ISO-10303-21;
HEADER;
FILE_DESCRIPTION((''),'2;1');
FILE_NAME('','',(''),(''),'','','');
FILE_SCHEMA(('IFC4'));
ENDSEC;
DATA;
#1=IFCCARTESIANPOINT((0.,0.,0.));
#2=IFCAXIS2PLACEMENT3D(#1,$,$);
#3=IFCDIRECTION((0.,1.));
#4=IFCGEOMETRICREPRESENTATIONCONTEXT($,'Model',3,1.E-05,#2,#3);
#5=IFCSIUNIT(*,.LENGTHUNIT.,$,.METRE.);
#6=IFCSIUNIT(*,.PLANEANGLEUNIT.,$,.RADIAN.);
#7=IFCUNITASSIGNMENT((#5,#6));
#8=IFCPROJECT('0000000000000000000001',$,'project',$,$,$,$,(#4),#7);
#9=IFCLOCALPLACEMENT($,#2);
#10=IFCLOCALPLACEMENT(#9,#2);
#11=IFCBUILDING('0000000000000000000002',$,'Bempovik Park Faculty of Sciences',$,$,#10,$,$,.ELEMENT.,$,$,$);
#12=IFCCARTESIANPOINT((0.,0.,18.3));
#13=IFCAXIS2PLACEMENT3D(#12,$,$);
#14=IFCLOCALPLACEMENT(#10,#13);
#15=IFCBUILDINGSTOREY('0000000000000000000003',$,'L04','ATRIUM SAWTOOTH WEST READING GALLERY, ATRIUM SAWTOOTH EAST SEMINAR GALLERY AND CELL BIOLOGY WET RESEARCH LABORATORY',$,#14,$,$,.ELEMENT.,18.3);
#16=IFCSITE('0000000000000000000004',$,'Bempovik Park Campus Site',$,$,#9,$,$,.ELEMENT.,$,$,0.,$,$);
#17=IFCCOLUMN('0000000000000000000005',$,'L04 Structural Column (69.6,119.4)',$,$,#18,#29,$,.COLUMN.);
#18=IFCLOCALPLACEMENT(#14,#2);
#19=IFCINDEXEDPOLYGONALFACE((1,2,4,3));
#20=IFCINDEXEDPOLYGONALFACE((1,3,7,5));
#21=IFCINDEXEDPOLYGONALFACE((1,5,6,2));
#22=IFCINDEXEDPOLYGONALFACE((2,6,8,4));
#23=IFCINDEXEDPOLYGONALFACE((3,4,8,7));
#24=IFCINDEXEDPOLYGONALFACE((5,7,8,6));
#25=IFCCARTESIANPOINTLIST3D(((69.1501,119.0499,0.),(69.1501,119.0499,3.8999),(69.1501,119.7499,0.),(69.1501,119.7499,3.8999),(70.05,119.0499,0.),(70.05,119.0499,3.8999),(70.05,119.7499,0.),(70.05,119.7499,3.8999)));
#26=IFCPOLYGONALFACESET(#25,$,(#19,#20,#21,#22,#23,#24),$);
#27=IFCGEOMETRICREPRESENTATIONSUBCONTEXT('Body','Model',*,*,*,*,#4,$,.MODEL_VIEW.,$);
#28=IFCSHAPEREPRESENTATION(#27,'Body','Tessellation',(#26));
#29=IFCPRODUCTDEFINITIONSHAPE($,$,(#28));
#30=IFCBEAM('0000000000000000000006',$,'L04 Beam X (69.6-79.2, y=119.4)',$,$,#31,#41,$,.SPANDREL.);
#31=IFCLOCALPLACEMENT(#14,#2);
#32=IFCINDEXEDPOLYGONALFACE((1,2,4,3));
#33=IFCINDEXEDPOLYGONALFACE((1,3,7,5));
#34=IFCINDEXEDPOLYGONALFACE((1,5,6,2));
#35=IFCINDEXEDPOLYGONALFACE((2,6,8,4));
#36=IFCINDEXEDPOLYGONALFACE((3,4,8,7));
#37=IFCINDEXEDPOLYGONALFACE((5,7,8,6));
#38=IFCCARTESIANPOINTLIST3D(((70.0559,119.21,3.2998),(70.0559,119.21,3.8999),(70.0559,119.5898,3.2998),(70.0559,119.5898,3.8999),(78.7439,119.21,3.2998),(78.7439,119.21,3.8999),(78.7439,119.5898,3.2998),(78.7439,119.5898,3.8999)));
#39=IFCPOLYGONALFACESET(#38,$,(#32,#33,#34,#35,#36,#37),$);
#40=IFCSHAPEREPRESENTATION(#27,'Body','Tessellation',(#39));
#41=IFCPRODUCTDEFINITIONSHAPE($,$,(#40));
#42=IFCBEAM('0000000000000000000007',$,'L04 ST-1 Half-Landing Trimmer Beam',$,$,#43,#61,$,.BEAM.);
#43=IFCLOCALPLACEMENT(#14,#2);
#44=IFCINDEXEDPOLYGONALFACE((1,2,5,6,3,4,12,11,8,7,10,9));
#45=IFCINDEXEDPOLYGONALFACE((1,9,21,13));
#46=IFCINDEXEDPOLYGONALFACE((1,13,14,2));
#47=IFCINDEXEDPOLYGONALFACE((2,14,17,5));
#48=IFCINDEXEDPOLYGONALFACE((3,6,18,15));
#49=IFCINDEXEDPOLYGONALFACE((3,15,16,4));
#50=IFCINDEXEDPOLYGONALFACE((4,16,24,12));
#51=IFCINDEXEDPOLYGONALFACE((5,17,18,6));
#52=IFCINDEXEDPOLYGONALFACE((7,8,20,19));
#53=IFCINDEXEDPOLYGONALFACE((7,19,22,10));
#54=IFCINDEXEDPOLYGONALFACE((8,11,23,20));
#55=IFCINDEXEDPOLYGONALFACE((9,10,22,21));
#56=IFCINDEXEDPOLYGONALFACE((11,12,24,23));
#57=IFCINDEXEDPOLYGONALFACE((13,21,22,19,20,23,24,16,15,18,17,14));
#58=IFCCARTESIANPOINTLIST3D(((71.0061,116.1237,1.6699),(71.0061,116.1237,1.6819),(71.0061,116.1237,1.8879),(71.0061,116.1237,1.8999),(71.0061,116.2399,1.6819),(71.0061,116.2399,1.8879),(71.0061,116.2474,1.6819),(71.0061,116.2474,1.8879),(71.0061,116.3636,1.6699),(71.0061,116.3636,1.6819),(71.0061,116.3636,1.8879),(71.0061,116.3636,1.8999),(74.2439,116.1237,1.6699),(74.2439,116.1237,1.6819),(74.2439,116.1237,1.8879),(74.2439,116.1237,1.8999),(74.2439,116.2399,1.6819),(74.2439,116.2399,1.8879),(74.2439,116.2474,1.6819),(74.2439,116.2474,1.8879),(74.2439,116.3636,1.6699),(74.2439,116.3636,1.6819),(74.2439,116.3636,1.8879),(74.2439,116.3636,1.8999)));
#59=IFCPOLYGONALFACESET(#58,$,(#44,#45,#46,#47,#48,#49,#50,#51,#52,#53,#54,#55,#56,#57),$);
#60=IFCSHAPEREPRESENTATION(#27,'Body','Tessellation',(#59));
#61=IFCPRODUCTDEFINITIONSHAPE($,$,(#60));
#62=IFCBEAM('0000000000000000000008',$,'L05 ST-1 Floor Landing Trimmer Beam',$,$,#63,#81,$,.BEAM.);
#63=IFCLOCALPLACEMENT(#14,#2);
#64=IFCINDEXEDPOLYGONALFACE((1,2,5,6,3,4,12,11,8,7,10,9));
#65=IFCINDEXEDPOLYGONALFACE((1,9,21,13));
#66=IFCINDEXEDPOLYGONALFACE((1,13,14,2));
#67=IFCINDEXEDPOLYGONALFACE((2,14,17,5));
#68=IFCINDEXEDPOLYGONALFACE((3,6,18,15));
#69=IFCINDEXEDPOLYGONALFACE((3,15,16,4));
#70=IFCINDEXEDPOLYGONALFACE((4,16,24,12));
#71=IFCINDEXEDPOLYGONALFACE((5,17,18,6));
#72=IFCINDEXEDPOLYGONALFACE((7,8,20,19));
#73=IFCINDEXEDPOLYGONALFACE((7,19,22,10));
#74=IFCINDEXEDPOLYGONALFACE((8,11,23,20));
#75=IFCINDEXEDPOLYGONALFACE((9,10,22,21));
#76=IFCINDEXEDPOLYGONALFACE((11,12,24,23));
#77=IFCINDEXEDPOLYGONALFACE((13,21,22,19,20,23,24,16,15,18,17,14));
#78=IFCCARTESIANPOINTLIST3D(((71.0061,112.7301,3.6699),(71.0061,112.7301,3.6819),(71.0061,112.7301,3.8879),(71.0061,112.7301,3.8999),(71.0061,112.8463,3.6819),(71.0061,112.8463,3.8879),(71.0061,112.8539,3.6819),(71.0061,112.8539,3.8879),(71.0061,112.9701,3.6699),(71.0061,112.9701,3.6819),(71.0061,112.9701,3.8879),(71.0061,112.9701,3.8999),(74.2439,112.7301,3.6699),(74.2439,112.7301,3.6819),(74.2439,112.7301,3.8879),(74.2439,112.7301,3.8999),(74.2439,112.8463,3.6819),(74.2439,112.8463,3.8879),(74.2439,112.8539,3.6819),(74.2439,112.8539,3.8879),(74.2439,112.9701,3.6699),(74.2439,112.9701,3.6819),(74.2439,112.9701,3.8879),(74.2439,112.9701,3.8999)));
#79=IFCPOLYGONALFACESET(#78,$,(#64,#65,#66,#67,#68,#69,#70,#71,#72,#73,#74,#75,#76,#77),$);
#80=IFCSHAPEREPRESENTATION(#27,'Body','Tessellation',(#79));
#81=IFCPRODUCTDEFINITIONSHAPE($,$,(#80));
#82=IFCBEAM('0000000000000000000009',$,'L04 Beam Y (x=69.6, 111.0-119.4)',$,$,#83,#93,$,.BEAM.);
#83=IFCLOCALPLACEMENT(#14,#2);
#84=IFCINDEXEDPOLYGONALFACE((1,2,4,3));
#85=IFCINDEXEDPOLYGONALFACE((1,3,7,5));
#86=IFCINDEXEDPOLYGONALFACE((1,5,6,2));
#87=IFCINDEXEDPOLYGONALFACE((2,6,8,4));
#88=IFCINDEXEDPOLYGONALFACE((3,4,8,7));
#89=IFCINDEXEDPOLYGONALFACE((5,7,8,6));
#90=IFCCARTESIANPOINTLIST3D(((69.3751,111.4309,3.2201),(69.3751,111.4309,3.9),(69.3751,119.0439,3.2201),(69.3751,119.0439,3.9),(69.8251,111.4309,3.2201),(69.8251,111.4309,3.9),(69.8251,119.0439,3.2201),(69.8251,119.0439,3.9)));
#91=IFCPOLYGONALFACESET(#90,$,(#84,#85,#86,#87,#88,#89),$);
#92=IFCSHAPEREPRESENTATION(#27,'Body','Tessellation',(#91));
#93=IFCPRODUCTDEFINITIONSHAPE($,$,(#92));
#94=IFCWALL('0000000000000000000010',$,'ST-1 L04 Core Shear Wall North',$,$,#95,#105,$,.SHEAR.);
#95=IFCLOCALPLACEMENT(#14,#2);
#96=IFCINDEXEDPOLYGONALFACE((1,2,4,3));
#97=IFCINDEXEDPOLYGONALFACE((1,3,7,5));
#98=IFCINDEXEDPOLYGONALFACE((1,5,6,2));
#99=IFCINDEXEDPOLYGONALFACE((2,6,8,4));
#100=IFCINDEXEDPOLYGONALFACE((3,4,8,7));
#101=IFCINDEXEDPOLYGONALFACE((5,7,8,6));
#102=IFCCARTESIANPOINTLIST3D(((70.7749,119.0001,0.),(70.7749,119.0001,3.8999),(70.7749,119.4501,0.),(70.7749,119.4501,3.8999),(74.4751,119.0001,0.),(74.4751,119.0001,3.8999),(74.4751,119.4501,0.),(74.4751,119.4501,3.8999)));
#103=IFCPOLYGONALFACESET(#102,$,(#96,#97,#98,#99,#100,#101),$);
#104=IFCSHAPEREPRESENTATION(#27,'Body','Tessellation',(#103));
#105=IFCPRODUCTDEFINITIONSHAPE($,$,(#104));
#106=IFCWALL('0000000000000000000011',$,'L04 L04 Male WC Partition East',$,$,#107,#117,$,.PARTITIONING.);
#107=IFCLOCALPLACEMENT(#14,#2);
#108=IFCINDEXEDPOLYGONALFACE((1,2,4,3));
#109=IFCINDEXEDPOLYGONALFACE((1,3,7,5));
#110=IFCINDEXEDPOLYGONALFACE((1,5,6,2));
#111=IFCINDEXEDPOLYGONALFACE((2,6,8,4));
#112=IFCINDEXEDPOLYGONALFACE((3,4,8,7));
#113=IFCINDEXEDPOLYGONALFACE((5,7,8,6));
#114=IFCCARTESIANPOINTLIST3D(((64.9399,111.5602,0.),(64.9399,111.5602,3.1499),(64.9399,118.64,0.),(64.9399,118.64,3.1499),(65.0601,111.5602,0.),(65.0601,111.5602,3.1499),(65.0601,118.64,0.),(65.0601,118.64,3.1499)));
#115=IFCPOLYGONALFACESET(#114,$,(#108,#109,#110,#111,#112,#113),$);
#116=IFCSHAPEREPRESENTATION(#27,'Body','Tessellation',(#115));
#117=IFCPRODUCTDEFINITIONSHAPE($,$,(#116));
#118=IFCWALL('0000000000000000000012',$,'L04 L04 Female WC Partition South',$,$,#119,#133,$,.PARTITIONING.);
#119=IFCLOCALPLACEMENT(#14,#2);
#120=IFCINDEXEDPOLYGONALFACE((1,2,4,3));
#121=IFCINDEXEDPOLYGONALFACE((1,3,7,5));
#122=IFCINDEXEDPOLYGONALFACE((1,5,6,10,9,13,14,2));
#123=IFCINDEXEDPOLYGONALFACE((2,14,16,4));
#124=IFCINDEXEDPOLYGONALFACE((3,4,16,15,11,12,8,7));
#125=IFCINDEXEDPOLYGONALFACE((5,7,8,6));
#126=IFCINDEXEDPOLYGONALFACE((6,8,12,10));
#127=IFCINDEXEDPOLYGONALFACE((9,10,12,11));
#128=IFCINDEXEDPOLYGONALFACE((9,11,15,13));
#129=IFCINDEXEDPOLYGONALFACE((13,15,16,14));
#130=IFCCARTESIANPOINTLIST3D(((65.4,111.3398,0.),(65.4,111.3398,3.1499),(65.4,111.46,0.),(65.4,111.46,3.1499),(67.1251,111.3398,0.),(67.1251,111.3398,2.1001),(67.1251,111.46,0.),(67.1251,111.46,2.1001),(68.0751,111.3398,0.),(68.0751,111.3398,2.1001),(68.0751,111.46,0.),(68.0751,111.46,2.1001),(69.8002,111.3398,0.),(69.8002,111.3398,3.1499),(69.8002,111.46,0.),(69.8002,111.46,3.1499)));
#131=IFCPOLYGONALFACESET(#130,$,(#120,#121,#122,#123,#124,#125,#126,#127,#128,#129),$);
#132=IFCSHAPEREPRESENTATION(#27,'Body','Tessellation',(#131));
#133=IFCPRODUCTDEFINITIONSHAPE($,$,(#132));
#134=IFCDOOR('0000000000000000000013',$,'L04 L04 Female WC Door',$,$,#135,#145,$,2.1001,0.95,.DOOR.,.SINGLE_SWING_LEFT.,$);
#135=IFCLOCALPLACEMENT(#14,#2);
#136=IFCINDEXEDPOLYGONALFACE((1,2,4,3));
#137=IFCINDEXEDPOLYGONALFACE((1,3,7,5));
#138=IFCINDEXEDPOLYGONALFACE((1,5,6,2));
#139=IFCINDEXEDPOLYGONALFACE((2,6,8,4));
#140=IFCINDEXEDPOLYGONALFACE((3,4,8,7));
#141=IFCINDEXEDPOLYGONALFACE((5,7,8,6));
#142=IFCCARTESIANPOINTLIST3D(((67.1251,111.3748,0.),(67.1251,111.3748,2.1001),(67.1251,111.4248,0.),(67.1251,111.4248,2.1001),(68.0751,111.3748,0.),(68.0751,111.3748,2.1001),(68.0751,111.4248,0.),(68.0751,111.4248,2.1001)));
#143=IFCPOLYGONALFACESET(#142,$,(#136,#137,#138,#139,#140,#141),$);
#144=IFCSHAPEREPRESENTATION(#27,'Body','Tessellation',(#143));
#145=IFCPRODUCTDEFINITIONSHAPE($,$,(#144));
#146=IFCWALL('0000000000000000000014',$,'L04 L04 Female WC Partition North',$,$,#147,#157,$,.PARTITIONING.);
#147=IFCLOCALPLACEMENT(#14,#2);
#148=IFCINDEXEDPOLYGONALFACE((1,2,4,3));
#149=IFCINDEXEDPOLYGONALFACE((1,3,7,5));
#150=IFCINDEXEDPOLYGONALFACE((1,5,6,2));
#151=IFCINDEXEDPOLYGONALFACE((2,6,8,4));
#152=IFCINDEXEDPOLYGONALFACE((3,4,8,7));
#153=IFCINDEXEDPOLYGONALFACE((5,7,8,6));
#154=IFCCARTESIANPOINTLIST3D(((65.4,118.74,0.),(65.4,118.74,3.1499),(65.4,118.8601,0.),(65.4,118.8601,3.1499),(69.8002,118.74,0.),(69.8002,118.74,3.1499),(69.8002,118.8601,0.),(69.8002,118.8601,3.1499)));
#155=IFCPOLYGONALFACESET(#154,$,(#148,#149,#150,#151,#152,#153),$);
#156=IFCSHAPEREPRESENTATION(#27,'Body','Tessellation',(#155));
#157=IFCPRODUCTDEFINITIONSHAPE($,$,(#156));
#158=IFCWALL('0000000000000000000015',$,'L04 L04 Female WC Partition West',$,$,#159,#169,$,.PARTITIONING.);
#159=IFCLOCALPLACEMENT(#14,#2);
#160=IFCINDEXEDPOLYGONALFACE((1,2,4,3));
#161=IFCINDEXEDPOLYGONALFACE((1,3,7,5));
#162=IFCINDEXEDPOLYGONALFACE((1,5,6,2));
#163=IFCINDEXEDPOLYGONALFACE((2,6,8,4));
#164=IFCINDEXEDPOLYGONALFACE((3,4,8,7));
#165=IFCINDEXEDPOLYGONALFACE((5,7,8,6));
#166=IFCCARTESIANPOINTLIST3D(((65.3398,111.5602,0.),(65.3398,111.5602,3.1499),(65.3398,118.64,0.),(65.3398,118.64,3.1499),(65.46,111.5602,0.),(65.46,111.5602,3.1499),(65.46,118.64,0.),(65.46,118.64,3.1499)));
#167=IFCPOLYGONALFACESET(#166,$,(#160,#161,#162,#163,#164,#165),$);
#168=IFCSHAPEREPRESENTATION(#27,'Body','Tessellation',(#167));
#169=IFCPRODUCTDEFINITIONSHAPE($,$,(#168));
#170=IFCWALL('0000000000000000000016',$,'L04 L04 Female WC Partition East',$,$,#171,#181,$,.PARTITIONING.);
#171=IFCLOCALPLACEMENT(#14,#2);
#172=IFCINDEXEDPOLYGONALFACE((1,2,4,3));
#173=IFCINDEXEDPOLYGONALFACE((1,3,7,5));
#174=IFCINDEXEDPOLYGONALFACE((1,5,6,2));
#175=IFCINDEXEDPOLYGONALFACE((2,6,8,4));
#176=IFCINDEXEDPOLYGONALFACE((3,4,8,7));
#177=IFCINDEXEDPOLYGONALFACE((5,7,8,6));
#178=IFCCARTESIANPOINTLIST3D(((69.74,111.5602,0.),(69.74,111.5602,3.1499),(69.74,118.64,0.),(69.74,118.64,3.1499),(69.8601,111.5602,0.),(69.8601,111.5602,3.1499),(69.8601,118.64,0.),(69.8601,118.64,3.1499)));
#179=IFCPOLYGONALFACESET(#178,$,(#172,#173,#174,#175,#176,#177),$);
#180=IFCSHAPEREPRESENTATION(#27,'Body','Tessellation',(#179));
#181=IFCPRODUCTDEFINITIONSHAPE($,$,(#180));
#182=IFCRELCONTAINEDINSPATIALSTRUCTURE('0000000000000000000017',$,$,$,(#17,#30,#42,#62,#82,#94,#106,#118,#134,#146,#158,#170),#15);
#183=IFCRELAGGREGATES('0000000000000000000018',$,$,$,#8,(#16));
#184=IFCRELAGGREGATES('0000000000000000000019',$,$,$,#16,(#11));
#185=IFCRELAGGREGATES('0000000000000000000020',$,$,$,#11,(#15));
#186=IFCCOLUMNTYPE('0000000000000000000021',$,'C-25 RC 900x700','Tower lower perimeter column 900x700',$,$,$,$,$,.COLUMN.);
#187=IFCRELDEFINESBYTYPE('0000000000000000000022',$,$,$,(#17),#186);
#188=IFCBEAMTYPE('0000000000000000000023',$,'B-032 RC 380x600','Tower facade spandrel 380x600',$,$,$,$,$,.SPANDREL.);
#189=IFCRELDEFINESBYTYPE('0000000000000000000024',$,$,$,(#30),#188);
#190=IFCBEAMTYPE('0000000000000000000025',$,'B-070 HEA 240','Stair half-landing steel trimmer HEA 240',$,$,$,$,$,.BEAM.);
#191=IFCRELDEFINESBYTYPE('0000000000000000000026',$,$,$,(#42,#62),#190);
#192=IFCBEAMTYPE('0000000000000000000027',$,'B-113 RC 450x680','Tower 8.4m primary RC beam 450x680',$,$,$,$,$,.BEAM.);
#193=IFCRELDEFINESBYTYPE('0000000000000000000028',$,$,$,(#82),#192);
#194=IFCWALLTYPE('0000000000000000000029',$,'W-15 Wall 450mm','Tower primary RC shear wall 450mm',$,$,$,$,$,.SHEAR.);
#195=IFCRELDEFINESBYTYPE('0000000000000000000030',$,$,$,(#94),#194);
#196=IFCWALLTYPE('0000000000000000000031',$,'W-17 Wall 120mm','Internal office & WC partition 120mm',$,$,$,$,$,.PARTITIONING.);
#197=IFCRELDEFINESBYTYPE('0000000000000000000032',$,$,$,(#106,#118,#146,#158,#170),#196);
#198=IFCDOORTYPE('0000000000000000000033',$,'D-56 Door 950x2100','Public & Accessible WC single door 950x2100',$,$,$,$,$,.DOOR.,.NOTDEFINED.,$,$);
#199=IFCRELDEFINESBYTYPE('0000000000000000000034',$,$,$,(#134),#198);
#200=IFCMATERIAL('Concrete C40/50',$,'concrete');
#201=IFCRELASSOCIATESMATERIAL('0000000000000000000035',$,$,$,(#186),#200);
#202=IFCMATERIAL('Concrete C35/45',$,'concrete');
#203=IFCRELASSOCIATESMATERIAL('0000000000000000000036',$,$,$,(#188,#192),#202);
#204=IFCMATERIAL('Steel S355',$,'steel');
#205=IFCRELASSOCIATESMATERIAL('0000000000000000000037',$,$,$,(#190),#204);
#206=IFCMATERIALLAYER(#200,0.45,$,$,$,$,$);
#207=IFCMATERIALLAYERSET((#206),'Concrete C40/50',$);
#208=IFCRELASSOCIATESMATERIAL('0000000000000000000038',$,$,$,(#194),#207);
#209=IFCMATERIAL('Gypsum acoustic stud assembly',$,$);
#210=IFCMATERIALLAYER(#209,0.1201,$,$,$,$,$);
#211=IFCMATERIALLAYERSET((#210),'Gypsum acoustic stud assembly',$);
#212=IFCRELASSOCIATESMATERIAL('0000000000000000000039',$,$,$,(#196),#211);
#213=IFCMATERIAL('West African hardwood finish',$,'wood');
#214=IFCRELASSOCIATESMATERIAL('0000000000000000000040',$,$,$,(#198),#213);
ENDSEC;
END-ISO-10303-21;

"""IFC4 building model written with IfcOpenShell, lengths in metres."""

from ifc_helpers import new_model, si_unit, direction, frame, frame_2d, origin, origin_2d, place, context, subcontext, project, spatial, rectangle, i_section, extrude, material, layer, layer_set, material_profile, profile_set, type_object, element, fill, save


model = new_model("IFC4")

# Units and contexts
model_context = context("Model", 3, precision=1e-05, world=origin(), true_north=direction((0.0, 1.0)))
body_context = subcontext(model_context, "Body", "Model", "MODEL_VIEW")
ifc_project = project(units=[si_unit("LENGTHUNIT", "METRE"), si_unit("PLANEANGLEUNIT", "RADIAN")], contexts=[model_context])

# Site, building, storey
site_placement = place(None, origin())
site = spatial("IfcSite", under=ifc_project, at=site_placement, Name="Bempovik Park Campus Site", CompositionType="ELEMENT", RefElevation=0.0)
building_placement = place(site_placement, origin())
building = spatial("IfcBuilding", under=site, at=building_placement, Name="Bempovik Park Faculty of Sciences", CompositionType="ELEMENT")
storey_placement = place(building_placement, frame((0.0, 0.0, 18.3)))
storey = spatial("IfcBuildingStorey", under=building, at=storey_placement, Name="L04", Description="ATRIUM SAWTOOTH WEST READING GALLERY, ATRIUM SAWTOOTH EAST SEMINAR GALLERY AND CELL BIOLOGY WET RESEARCH LABORATORY", CompositionType="ELEMENT", Elevation=18.3)

# Column
ifc_material_1 = material(Name="Concrete C40/50", Category="concrete")
ifc_material_profile_1 = material_profile(ifc_material_1, rectangle(XDim=0.8999, YDim=0.7, at=origin_2d()), Name="RC 900x700")
ifc_profile_set_1 = profile_set([ifc_material_profile_1], Name="Concrete C40/50")
column_type = type_object("IfcColumnType", Name="C-25 RC 900x700", Description="Tower lower perimeter column 900x700", PredefinedType="COLUMN", material=ifc_profile_set_1)
column_placement = place(storey_placement, frame((69.6001, 119.3999, 0.0), z_axis=(0.0, 0.0, 1.0), x_axis=(1.0, 0.0, 0.0)))
element("IfcColumn", 1, at=column_placement, inside=storey, type_object=column_type, Name="L04 Structural Column (69.6,119.4)", PredefinedType="COLUMN", context=body_context, shape_type="SweptSolid", body=[
    extrude(rectangle(XDim=0.8999, YDim=0.7, at=origin_2d()), origin(), (0.0, 0.0, 1.0), 3.8999),
])

# Beams
ifc_material_2 = material(Name="Concrete C35/45", Category="concrete")
ifc_material_profile_2 = material_profile(ifc_material_2, rectangle(XDim=0.3799, YDim=0.6001, at=origin_2d()), Name="RC 380x600")
ifc_profile_set_2 = profile_set([ifc_material_profile_2], Name="Concrete C35/45")
beam_type_1 = type_object("IfcBeamType", Name="B-032 RC 380x600", Description="Tower facade spandrel 380x600", PredefinedType="SPANDREL", material=ifc_profile_set_2)
beam_1_placement = place(storey_placement, frame((70.0559, 119.3999, 3.5999), z_axis=(1.0, 0.0, 0.0), x_axis=(0.0, 1.0, 0.0)))
element("IfcBeam", 2, at=beam_1_placement, inside=storey, type_object=beam_type_1, Name="L04 Beam X (69.6-79.2, y=119.4)", PredefinedType="SPANDREL", context=body_context, shape_type="SweptSolid", body=[
    extrude(rectangle(XDim=0.3799, YDim=0.6001, at=origin_2d()), origin(), (0.0, 0.0, 1.0), 8.688),
])
ifc_material_3 = material(Name="Steel S355", Category="steel")
ifc_material_profile_3 = material_profile(ifc_material_3, i_section(OverallWidth=0.24, OverallDepth=0.23, WebThickness=0.0076, FlangeThickness=0.012, at=origin_2d()), Name="HEA 240")
ifc_profile_set_3 = profile_set([ifc_material_profile_3], Name="Steel S355")
beam_type_2 = type_object("IfcBeamType", Name="B-070 HEA 240", Description="Stair half-landing steel trimmer HEA 240", PredefinedType="BEAM", material=ifc_profile_set_3)
for number, where, z_axis, x_axis, name in (
    (3, (71.0061, 116.2437, 1.7849), (1.0, 0.0, 0.0), (0.0, 1.0, 0.0), "L04 ST-1 Half-Landing Trimmer Beam"),
    (4, (71.0061, 112.8501, 3.7849), (1.0, 0.0, 0.0), (0.0, 1.0, 0.0), "L05 ST-1 Floor Landing Trimmer Beam"),
):
    element("IfcBeam", number, at=place(storey_placement, frame(where, z_axis=z_axis, x_axis=x_axis)), inside=storey, type_object=beam_type_2, Name=name, PredefinedType="BEAM", context=body_context, shape_type="SweptSolid", body=[
        extrude(i_section(OverallWidth=0.24, OverallDepth=0.23, WebThickness=0.0076, FlangeThickness=0.012, at=origin_2d()), origin(), (0.0, 0.0, 1.0), 3.2378),
    ])
ifc_material_profile_4 = material_profile(ifc_material_2, rectangle(XDim=0.45, YDim=0.6799, at=origin_2d()), Name="RC 450x680")
ifc_profile_set_4 = profile_set([ifc_material_profile_4], Name="Concrete C35/45")
beam_type_3 = type_object("IfcBeamType", Name="B-113 RC 450x680", Description="Tower 8.4m primary RC beam 450x680", PredefinedType="BEAM", material=ifc_profile_set_4)
beam_2_placement = place(storey_placement, frame((69.6001, 111.4309, 3.5601), z_axis=(0.0, 1.0, 0.0), x_axis=(-1.0, 0.0, 0.0)))
element("IfcBeam", 5, at=beam_2_placement, inside=storey, type_object=beam_type_3, Name="L04 Beam Y (x=69.6, 111.0-119.4)", PredefinedType="BEAM", context=body_context, shape_type="SweptSolid", body=[
    extrude(rectangle(XDim=0.45, YDim=0.6799, at=origin_2d()), origin(), (0.0, 0.0, 1.0), 7.613),
])

# Walls
ifc_layer_1 = layer(ifc_material_1, 0.45)
ifc_layer_set_1 = layer_set([ifc_layer_1], Name="Concrete C40/50")
wall_type_1 = type_object("IfcWallType", Name="W-15 Wall 450mm", Description="Tower primary RC shear wall 450mm", PredefinedType="SHEAR", material=ifc_layer_set_1)
wall_1_placement = place(storey_placement, frame((70.7749, 119.2251, 0.0), z_axis=(0.0, 0.0, 1.0), x_axis=(1.0, 0.0, 0.0)))
element("IfcWall", 6, at=wall_1_placement, inside=storey, type_object=wall_type_1, Name="ST-1 L04 Core Shear Wall North", PredefinedType="SHEAR", context=body_context, shape_type="SweptSolid", body=[
    extrude(rectangle(XDim=3.7002, YDim=0.45, at=frame_2d((1.8501, 0.0))), origin(), (0.0, 0.0, 1.0), 3.8999),
])
ifc_material_4 = material(Name="Gypsum acoustic stud assembly")
ifc_layer_2 = layer(ifc_material_4, 0.1201)
ifc_layer_set_2 = layer_set([ifc_layer_2], Name="Gypsum acoustic stud assembly")
wall_type_2 = type_object("IfcWallType", Name="W-17 Wall 120mm", Description="Internal office & WC partition 120mm", PredefinedType="PARTITIONING", material=ifc_layer_set_2)
wall_2_placement = place(storey_placement, frame((65.0, 111.5601, 0.0), z_axis=(0.0, 0.0, 1.0), x_axis=(0.0, 1.0, 0.0)))
element("IfcWall", 7, at=wall_2_placement, inside=storey, type_object=wall_type_2, Name="L04 L04 Male WC Partition East", PredefinedType="PARTITIONING", context=body_context, shape_type="SweptSolid", body=[
    extrude(rectangle(XDim=7.0798, YDim=0.1201, at=frame_2d((3.54, 0.0))), origin(), (0.0, 0.0, 1.0), 3.1499),
])

# Wall, opening, door
wall_3_placement = place(storey_placement, frame((65.3999, 111.3999, 0.0), z_axis=(0.0, 0.0, 1.0), x_axis=(1.0, 0.0, 0.0)))
wall_3 = element("IfcWall", 8, at=wall_3_placement, inside=storey, type_object=wall_type_2, Name="L04 L04 Female WC Partition South", PredefinedType="PARTITIONING", context=body_context, shape_type="SweptSolid", body=[
    extrude(rectangle(XDim=4.4001, YDim=0.1201, at=frame_2d((2.2002, 0.0))), origin(), (0.0, 0.0, 1.0), 3.1499),
])
opening_placement = place(wall_3_placement, frame((1.7251, 0.0, 0.0)))
opening = element("IfcOpeningElement", 9, at=opening_placement, cuts=wall_3, PredefinedType="OPENING", context=body_context, shape_type="SweptSolid", body=[
    extrude(rectangle(XDim=0.95, YDim=2.1001, at=frame_2d((0.4751, 1.05))), frame((0.0, 0.0701, 0.0), z_axis=(0.0, -1.0, 0.0), x_axis=(1.0, 0.0, 0.0)), (0.0, 0.0, 1.0), 0.1401),
])
ifc_material_5 = material(Name="West African hardwood finish", Category="wood")
door_type = type_object("IfcDoorType", Name="D-56 Door 950x2100", Description="Public & Accessible WC single door 950x2100", OperationType="NOTDEFINED", PredefinedType="DOOR", material=ifc_material_5)
door_placement = place(opening_placement, origin())
door = element("IfcDoor", 10, at=door_placement, inside=storey, type_object=door_type, Name="L04 L04 Female WC Door", OperationType="SINGLE_SWING_LEFT", OverallHeight=2.1001, OverallWidth=0.95, PredefinedType="DOOR", context=body_context, shape_type="SweptSolid", body=[
    extrude(rectangle(XDim=0.95, YDim=2.1001, at=frame_2d((0.4751, 1.05))), frame((0.0, 0.0249, 0.0), z_axis=(0.0, -1.0, 0.0), x_axis=(1.0, 0.0, 0.0)), (0.0, 0.0, 1.0), 0.05),
])
fill(opening, door)

# Walls
wall_4_placement = place(storey_placement, frame((65.3999, 118.8, 0.0), z_axis=(0.0, 0.0, 1.0), x_axis=(1.0, 0.0, 0.0)))
element("IfcWall", 11, at=wall_4_placement, inside=storey, type_object=wall_type_2, Name="L04 L04 Female WC Partition North", PredefinedType="PARTITIONING", context=body_context, shape_type="SweptSolid", body=[
    extrude(rectangle(XDim=4.4001, YDim=0.1201, at=frame_2d((2.2002, 0.0))), origin(), (0.0, 0.0, 1.0), 3.1499),
])
for number, where, z_axis, x_axis, name in (
    (12, (65.3999, 111.5601, 0.0), (0.0, 0.0, 1.0), (0.0, 1.0, 0.0), "L04 L04 Female WC Partition West"),
    (13, (69.8, 111.5601, 0.0), (0.0, 0.0, 1.0), (0.0, 1.0, 0.0), "L04 L04 Female WC Partition East"),
):
    element("IfcWall", number, at=place(storey_placement, frame(where, z_axis=z_axis, x_axis=x_axis)), inside=storey, type_object=wall_type_2, Name=name, PredefinedType="PARTITIONING", context=body_context, shape_type="SweptSolid", body=[
        extrude(rectangle(XDim=7.0798, YDim=0.1201, at=frame_2d((3.54, 0.0))), origin(), (0.0, 0.0, 1.0), 3.1499),
    ])

save(model, "model.ifc")
